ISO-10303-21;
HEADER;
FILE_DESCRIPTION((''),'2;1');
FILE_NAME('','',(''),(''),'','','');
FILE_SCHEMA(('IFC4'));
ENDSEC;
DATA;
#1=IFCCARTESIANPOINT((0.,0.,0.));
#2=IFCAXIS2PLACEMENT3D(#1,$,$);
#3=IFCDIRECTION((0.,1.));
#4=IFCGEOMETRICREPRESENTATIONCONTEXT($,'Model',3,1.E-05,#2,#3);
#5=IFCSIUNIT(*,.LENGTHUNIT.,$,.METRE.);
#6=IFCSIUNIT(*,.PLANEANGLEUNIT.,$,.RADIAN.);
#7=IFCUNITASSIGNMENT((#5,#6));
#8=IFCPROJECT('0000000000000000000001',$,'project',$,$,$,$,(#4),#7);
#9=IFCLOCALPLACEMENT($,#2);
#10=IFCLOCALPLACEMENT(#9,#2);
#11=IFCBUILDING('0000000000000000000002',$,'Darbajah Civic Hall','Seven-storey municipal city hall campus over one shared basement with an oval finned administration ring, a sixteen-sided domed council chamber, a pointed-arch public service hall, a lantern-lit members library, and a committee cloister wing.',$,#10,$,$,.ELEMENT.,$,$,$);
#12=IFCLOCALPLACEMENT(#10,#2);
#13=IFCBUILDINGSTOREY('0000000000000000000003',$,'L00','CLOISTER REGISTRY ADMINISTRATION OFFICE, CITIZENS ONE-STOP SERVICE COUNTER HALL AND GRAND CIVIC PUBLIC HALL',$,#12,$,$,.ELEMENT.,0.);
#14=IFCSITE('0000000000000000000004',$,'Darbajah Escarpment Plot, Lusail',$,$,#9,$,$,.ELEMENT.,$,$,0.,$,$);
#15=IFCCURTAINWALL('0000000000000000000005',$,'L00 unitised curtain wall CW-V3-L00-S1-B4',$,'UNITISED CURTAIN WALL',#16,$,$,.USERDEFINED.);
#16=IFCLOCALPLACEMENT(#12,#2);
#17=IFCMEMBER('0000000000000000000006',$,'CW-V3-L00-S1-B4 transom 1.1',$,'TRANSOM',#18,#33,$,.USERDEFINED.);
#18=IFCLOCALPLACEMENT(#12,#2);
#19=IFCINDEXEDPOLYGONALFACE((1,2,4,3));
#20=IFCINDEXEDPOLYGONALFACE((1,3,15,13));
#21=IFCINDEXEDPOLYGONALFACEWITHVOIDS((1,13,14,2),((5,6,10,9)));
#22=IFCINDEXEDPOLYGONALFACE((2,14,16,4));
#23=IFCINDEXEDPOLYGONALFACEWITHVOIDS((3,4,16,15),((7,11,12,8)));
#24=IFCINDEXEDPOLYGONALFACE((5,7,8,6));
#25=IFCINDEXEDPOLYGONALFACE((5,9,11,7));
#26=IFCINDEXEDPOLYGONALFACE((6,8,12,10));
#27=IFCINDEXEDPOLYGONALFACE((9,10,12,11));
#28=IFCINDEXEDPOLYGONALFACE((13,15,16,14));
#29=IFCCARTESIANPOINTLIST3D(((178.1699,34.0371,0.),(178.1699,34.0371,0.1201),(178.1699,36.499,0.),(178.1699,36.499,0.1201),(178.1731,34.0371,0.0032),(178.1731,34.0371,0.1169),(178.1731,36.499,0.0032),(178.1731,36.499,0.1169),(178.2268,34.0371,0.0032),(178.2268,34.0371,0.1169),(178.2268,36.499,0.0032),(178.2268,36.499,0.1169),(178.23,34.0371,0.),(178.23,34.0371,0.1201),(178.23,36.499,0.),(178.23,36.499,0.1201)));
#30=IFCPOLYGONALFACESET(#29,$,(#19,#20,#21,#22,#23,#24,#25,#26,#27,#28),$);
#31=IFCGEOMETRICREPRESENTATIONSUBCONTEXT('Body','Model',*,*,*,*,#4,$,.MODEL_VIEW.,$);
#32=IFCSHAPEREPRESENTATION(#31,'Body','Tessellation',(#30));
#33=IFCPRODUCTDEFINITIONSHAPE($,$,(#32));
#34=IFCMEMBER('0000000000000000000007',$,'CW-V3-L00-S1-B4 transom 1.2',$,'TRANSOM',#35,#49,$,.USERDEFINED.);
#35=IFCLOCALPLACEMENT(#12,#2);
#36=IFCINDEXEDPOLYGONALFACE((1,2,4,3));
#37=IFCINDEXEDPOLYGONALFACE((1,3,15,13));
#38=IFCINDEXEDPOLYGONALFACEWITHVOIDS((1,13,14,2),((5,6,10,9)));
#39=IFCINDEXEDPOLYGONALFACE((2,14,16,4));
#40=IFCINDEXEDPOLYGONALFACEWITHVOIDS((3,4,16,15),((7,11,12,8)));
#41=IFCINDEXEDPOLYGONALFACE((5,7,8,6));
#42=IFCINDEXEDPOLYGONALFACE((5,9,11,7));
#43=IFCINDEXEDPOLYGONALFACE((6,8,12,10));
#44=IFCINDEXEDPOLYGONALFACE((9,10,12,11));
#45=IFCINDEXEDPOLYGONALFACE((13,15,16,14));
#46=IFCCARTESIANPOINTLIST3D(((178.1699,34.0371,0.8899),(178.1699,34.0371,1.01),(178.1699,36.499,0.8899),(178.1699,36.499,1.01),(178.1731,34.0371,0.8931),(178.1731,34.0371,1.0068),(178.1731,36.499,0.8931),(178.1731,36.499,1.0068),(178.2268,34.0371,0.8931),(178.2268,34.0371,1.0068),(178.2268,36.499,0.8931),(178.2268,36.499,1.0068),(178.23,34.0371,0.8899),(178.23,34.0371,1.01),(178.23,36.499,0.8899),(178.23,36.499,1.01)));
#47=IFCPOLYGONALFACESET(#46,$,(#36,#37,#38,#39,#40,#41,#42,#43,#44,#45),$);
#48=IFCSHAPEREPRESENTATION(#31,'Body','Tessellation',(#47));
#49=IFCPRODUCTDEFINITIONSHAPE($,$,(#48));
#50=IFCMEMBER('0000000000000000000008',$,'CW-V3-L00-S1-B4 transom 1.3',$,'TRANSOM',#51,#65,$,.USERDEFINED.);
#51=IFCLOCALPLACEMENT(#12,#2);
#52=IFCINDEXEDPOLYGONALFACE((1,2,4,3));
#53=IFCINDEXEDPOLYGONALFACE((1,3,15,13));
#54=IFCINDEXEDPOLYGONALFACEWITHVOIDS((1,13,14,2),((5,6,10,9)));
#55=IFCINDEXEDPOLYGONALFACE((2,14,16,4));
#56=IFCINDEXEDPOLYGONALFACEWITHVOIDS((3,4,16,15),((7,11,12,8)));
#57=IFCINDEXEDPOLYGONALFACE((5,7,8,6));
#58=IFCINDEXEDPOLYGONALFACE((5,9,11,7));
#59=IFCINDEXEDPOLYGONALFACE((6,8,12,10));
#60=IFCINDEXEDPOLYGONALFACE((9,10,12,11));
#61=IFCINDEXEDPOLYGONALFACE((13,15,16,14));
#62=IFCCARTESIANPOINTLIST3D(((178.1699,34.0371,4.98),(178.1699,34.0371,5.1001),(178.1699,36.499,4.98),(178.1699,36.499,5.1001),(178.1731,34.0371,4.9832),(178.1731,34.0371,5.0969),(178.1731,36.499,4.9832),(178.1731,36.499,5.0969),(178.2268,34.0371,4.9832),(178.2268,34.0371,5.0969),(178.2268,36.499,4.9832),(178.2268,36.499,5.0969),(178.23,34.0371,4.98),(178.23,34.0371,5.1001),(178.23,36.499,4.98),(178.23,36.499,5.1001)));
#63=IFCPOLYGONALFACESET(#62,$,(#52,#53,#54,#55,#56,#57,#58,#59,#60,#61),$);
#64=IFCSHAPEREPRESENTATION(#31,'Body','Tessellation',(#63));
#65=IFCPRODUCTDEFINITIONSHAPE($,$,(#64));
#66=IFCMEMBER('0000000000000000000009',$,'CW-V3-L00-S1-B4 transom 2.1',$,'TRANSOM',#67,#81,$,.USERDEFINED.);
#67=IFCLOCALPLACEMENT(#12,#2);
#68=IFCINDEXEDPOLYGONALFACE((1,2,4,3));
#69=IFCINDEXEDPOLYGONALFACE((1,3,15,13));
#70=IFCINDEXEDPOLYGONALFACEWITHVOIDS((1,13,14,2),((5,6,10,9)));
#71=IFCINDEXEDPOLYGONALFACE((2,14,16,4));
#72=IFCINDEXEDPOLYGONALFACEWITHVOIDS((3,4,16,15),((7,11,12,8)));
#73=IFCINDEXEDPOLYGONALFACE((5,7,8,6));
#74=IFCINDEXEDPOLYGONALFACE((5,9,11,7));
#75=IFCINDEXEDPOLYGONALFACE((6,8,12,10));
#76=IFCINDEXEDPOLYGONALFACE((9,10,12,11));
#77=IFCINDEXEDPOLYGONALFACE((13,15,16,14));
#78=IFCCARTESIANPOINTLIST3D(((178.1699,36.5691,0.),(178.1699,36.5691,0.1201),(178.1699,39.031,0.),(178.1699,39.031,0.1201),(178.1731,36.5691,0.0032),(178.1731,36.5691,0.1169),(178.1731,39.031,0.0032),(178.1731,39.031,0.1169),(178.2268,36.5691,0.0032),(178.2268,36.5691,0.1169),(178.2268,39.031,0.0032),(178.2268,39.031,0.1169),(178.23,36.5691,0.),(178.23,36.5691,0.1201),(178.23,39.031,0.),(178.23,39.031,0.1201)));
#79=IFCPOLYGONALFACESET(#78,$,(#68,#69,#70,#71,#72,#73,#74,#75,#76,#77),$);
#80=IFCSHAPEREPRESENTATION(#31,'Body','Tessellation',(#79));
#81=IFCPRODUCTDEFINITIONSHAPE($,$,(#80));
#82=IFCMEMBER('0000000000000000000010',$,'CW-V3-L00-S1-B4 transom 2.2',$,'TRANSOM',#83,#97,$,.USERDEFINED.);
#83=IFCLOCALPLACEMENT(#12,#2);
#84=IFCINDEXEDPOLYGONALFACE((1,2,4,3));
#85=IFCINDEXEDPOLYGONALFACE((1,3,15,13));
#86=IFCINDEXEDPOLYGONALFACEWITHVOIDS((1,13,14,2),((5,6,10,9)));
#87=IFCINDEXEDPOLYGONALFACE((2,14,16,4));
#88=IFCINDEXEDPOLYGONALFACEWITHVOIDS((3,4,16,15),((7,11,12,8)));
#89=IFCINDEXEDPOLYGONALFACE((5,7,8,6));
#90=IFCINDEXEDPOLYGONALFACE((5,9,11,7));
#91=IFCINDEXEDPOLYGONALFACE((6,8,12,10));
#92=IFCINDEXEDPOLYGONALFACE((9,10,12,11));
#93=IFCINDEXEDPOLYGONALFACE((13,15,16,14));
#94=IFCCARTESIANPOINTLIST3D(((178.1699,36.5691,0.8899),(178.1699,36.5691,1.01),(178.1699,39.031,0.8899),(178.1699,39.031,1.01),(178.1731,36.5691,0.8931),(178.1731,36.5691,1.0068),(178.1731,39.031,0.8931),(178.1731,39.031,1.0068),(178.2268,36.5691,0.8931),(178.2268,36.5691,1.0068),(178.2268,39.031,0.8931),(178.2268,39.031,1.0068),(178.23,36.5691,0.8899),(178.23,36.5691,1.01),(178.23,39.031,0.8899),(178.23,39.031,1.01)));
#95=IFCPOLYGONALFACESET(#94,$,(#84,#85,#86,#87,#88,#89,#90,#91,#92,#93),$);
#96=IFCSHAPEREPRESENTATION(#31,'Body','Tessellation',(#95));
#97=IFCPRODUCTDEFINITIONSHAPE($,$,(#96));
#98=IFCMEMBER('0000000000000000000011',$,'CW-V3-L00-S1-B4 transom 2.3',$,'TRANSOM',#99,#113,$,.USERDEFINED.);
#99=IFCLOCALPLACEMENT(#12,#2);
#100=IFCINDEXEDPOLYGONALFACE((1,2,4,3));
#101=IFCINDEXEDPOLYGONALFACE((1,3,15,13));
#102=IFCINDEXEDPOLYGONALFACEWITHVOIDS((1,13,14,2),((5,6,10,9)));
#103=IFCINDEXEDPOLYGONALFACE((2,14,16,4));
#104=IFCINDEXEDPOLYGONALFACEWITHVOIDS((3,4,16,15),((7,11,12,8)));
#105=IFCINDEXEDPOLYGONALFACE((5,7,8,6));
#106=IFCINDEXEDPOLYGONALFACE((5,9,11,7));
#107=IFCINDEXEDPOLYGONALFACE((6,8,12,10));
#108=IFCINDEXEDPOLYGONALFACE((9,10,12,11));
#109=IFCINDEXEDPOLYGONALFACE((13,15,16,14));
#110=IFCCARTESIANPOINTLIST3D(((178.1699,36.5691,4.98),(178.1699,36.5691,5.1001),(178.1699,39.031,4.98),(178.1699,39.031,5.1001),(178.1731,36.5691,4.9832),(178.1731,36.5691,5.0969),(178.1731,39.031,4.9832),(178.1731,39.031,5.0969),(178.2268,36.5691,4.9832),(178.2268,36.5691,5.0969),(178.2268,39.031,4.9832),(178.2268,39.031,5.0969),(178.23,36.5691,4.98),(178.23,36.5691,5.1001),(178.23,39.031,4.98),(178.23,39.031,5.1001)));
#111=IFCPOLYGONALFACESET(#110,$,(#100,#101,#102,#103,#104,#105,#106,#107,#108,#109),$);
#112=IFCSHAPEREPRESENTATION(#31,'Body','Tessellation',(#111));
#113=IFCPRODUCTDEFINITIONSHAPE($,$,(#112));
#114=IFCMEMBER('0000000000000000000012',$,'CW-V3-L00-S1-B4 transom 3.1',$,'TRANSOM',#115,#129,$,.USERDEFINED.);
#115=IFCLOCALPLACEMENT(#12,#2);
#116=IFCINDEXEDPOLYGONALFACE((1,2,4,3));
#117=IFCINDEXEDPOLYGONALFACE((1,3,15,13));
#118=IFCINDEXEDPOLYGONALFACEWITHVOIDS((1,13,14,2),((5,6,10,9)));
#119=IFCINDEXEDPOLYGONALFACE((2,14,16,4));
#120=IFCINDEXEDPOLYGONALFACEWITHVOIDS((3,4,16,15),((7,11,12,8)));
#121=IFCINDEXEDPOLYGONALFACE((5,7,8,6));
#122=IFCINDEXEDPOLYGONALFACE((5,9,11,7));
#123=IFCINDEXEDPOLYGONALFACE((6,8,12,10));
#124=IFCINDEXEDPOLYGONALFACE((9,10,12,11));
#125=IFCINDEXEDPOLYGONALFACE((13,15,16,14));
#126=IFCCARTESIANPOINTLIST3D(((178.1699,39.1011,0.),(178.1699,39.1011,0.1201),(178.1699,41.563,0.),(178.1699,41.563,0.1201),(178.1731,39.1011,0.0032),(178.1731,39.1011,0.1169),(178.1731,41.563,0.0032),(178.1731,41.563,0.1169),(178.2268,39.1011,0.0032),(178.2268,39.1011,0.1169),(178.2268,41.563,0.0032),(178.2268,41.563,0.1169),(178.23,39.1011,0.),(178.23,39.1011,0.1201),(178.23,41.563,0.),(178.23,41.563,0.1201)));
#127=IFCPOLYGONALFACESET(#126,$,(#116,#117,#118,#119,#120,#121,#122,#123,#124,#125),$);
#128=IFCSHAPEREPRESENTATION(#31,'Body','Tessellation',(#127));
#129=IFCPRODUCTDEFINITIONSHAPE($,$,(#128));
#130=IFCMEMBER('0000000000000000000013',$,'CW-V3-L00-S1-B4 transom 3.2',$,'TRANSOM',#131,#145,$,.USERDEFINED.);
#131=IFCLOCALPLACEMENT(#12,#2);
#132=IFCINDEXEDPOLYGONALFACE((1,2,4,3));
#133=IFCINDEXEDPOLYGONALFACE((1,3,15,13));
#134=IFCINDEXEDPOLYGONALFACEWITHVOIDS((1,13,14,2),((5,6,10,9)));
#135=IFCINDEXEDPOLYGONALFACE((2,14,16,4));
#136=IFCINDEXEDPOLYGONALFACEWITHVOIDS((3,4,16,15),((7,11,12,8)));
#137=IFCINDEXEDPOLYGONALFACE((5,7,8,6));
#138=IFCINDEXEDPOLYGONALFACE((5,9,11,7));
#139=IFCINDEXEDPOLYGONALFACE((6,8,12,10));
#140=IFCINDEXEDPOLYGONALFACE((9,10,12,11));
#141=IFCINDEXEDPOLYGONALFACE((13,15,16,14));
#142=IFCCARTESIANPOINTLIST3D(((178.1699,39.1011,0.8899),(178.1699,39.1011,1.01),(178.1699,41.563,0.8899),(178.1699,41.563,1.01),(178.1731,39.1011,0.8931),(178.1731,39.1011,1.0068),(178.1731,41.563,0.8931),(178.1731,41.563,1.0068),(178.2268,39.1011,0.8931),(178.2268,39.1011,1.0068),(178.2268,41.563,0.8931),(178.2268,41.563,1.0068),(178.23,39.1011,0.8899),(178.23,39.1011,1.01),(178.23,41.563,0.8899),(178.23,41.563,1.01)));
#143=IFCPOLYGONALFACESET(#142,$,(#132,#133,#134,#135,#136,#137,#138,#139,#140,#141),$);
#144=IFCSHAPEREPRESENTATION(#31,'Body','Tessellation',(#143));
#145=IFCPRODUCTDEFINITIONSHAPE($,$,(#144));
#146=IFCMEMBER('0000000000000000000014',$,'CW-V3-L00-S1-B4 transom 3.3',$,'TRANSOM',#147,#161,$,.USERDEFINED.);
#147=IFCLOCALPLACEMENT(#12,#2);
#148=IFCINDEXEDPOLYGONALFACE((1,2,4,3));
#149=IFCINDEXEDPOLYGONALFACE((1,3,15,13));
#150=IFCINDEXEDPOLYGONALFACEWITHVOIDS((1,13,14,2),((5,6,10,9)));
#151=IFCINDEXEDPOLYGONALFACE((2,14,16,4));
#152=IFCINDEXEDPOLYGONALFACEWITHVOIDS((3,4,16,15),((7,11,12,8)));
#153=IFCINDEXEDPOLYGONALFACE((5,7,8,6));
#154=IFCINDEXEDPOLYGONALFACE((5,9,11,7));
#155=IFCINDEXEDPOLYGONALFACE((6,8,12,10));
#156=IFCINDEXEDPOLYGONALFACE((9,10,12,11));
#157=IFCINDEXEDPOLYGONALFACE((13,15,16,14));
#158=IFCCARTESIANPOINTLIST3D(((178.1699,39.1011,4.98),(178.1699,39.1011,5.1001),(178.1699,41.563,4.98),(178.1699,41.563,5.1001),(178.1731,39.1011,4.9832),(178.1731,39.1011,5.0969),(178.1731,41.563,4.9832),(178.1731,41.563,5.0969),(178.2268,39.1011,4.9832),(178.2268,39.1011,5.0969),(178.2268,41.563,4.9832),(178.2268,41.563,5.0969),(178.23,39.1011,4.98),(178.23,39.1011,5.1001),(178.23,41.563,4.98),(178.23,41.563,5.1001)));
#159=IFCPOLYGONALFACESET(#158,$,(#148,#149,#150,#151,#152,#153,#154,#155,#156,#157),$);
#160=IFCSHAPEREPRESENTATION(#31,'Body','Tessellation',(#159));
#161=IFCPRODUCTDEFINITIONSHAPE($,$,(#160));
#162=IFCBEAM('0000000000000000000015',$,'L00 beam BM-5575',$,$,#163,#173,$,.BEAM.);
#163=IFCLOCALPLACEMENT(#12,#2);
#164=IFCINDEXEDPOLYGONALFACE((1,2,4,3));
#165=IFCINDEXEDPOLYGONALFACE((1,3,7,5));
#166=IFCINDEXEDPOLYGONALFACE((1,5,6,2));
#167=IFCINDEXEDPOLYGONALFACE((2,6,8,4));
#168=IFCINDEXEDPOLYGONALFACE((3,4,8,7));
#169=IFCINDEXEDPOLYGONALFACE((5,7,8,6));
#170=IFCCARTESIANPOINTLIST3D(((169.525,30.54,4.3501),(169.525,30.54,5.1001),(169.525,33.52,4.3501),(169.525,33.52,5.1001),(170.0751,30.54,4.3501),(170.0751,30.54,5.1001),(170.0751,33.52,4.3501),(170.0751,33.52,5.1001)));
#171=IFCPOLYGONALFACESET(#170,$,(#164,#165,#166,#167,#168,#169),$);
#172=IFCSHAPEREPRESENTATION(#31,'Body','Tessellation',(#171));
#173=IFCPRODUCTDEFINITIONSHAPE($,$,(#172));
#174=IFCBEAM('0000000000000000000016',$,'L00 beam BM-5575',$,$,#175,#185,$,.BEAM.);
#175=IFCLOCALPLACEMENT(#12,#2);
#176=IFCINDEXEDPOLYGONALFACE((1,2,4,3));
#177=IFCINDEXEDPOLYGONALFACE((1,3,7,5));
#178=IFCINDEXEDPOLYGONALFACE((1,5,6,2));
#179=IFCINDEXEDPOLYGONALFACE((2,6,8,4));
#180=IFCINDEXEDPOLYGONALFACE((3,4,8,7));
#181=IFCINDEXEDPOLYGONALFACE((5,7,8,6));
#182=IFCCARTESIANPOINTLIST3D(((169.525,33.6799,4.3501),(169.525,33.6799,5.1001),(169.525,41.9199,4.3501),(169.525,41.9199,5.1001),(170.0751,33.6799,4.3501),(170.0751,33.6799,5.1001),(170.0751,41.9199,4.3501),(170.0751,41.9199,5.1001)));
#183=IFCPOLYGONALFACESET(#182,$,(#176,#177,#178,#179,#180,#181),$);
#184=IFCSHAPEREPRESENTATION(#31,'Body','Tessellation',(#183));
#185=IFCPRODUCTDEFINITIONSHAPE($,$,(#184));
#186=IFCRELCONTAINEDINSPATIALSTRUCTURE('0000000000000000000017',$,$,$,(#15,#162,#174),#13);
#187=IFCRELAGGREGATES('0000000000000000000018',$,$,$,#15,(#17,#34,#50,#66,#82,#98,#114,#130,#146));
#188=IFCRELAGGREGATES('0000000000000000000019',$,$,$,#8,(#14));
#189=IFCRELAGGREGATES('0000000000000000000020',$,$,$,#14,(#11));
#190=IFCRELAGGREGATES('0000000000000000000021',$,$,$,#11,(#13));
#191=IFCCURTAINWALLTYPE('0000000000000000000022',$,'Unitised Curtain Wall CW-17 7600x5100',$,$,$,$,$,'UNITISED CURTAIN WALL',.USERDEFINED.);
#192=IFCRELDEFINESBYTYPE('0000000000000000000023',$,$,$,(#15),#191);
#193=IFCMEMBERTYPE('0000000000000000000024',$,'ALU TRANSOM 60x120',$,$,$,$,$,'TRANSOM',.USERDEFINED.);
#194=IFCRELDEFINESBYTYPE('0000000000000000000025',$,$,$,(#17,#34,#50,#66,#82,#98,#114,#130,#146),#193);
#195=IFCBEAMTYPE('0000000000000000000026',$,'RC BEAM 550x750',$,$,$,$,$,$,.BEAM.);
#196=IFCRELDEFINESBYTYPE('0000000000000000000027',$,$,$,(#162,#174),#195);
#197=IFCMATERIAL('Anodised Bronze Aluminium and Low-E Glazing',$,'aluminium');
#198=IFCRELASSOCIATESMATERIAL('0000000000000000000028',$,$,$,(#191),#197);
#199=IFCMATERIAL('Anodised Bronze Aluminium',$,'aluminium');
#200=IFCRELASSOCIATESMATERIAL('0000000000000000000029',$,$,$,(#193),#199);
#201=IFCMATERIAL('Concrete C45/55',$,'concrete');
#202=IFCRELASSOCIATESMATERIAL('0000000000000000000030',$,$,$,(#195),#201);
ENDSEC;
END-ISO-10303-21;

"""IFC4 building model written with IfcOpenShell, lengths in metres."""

from ifc_helpers import new_model, si_unit, direction, frame, origin, origin_2d, place, context, subcontext, project, spatial, rectangle, hollow_rectangle, extrude, material, material_profile, profile_set, type_object, element, aggregate, save


model = new_model("IFC4")

# Units and contexts
model_context = context("Model", 3, precision=1e-05, world=origin(), true_north=direction((0.0, 1.0)))
body_context = subcontext(model_context, "Body", "Model", "MODEL_VIEW")
ifc_project = project(units=[si_unit("LENGTHUNIT", "METRE"), si_unit("PLANEANGLEUNIT", "RADIAN")], contexts=[model_context])

# Site, building, storey
site_placement = place(None, origin())
site = spatial("IfcSite", under=ifc_project, at=site_placement, Name="Darbajah Escarpment Plot, Lusail", CompositionType="ELEMENT", RefElevation=0.0)
building_placement = place(site_placement, origin())
building = spatial("IfcBuilding", under=site, at=building_placement, Name="Darbajah Civic Hall", Description="Seven-storey municipal city hall campus over one shared basement with an oval finned administration ring, a sixteen-sided domed council chamber, a pointed-arch public service hall, a lantern-lit members library, and a committee cloister wing.", CompositionType="ELEMENT")
storey_placement = place(building_placement, origin())
storey = spatial("IfcBuildingStorey", under=building, at=storey_placement, Name="L00", Description="CLOISTER REGISTRY ADMINISTRATION OFFICE, CITIZENS ONE-STOP SERVICE COUNTER HALL AND GRAND CIVIC PUBLIC HALL", CompositionType="ELEMENT", Elevation=0.0)

# Curtain wall
ifc_material_1 = material(Name="Anodised Bronze Aluminium and Low-E Glazing", Category="aluminium")
curtain_wall_type = type_object("IfcCurtainWallType", Name="Unitised Curtain Wall CW-17 7600x5100", ElementType="UNITISED CURTAIN WALL", PredefinedType="USERDEFINED", material=ifc_material_1)
ifc_material_2 = material(Name="Anodised Bronze Aluminium", Category="aluminium")
curtain_wall_1_placement = place(storey_placement, origin())
curtain_wall_1 = element("IfcCurtainWall", 1, at=curtain_wall_1_placement, inside=storey, type_object=curtain_wall_type, Name="L00 unitised curtain wall CW-V3-L00-S1-B4", ObjectType="UNITISED CURTAIN WALL", PredefinedType="USERDEFINED")

# Members
ifc_material_profile_1 = material_profile(ifc_material_2, hollow_rectangle(XDim=0.0601, YDim=0.1201, WallThickness=0.0032, at=origin_2d()), Name="ALU TRANSOM 60x120")
ifc_profile_set_1 = profile_set([ifc_material_profile_1], Name="Anodised Bronze Aluminium")
member_type_1 = type_object("IfcMemberType", Name="ALU TRANSOM 60x120", ElementType="TRANSOM", PredefinedType="USERDEFINED", material=ifc_profile_set_1)
member_1_placement = place(storey_placement, frame((178.2, 34.0371, 0.0601), z_axis=(0.0, 1.0, 0.0), x_axis=(-1.0, 0.0, 0.0)))
member_1 = element("IfcMember", 2, at=member_1_placement, type_object=member_type_1, Name="CW-V3-L00-S1-B4 transom 1.1", ObjectType="TRANSOM", PredefinedType="USERDEFINED", context=body_context, shape_type="SweptSolid", body=[
    extrude(hollow_rectangle(XDim=0.0601, YDim=0.1201, WallThickness=0.0032, at=origin_2d()), origin(), (0.0, 0.0, 1.0), 2.4619),
])
member_2_placement = place(storey_placement, frame((178.2, 34.0371, 0.95), z_axis=(0.0, 1.0, 0.0), x_axis=(-1.0, 0.0, 0.0)))
member_2 = element("IfcMember", 3, at=member_2_placement, type_object=member_type_1, Name="CW-V3-L00-S1-B4 transom 1.2", ObjectType="TRANSOM", PredefinedType="USERDEFINED", context=body_context, shape_type="SweptSolid", body=[
    extrude(hollow_rectangle(XDim=0.0601, YDim=0.1201, WallThickness=0.0032, at=origin_2d()), origin(), (0.0, 0.0, 1.0), 2.4619),
])
member_3_placement = place(storey_placement, frame((178.2, 34.0371, 5.04), z_axis=(0.0, 1.0, 0.0), x_axis=(-1.0, 0.0, 0.0)))
member_3 = element("IfcMember", 4, at=member_3_placement, type_object=member_type_1, Name="CW-V3-L00-S1-B4 transom 1.3", ObjectType="TRANSOM", PredefinedType="USERDEFINED", context=body_context, shape_type="SweptSolid", body=[
    extrude(hollow_rectangle(XDim=0.0601, YDim=0.1201, WallThickness=0.0032, at=origin_2d()), origin(), (0.0, 0.0, 1.0), 2.4619),
])
member_4_placement = place(storey_placement, frame((178.2, 36.5691, 0.0601), z_axis=(0.0, 1.0, 0.0), x_axis=(-1.0, 0.0, 0.0)))
member_4 = element("IfcMember", 5, at=member_4_placement, type_object=member_type_1, Name="CW-V3-L00-S1-B4 transom 2.1", ObjectType="TRANSOM", PredefinedType="USERDEFINED", context=body_context, shape_type="SweptSolid", body=[
    extrude(hollow_rectangle(XDim=0.0601, YDim=0.1201, WallThickness=0.0032, at=origin_2d()), origin(), (0.0, 0.0, 1.0), 2.4619),
])
member_5_placement = place(storey_placement, frame((178.2, 36.5691, 0.95), z_axis=(0.0, 1.0, 0.0), x_axis=(-1.0, 0.0, 0.0)))
member_5 = element("IfcMember", 6, at=member_5_placement, type_object=member_type_1, Name="CW-V3-L00-S1-B4 transom 2.2", ObjectType="TRANSOM", PredefinedType="USERDEFINED", context=body_context, shape_type="SweptSolid", body=[
    extrude(hollow_rectangle(XDim=0.0601, YDim=0.1201, WallThickness=0.0032, at=origin_2d()), origin(), (0.0, 0.0, 1.0), 2.4619),
])
member_6_placement = place(storey_placement, frame((178.2, 36.5691, 5.04), z_axis=(0.0, 1.0, 0.0), x_axis=(-1.0, 0.0, 0.0)))
member_6 = element("IfcMember", 7, at=member_6_placement, type_object=member_type_1, Name="CW-V3-L00-S1-B4 transom 2.3", ObjectType="TRANSOM", PredefinedType="USERDEFINED", context=body_context, shape_type="SweptSolid", body=[
    extrude(hollow_rectangle(XDim=0.0601, YDim=0.1201, WallThickness=0.0032, at=origin_2d()), origin(), (0.0, 0.0, 1.0), 2.4619),
])
member_7_placement = place(storey_placement, frame((178.2, 39.1011, 0.0601), z_axis=(0.0, 1.0, 0.0), x_axis=(-1.0, 0.0, 0.0)))
member_7 = element("IfcMember", 8, at=member_7_placement, type_object=member_type_1, Name="CW-V3-L00-S1-B4 transom 3.1", ObjectType="TRANSOM", PredefinedType="USERDEFINED", context=body_context, shape_type="SweptSolid", body=[
    extrude(hollow_rectangle(XDim=0.0601, YDim=0.1201, WallThickness=0.0032, at=origin_2d()), origin(), (0.0, 0.0, 1.0), 2.4619),
])
member_8_placement = place(storey_placement, frame((178.2, 39.1011, 0.95), z_axis=(0.0, 1.0, 0.0), x_axis=(-1.0, 0.0, 0.0)))
member_8 = element("IfcMember", 9, at=member_8_placement, type_object=member_type_1, Name="CW-V3-L00-S1-B4 transom 3.2", ObjectType="TRANSOM", PredefinedType="USERDEFINED", context=body_context, shape_type="SweptSolid", body=[
    extrude(hollow_rectangle(XDim=0.0601, YDim=0.1201, WallThickness=0.0032, at=origin_2d()), origin(), (0.0, 0.0, 1.0), 2.4619),
])
member_9_placement = place(storey_placement, frame((178.2, 39.1011, 5.04), z_axis=(0.0, 1.0, 0.0), x_axis=(-1.0, 0.0, 0.0)))
member_9 = element("IfcMember", 10, at=member_9_placement, type_object=member_type_1, Name="CW-V3-L00-S1-B4 transom 3.3", ObjectType="TRANSOM", PredefinedType="USERDEFINED", context=body_context, shape_type="SweptSolid", body=[
    extrude(hollow_rectangle(XDim=0.0601, YDim=0.1201, WallThickness=0.0032, at=origin_2d()), origin(), (0.0, 0.0, 1.0), 2.4619),
])

# Beams
ifc_material_3 = material(Name="Concrete C45/55", Category="concrete")
ifc_material_profile_2 = material_profile(ifc_material_3, rectangle(XDim=0.55, YDim=0.75, at=origin_2d()), Name="RC BEAM 550x750")
ifc_profile_set_2 = profile_set([ifc_material_profile_2], Name="Concrete C45/55")
beam_type_1 = type_object("IfcBeamType", Name="RC BEAM 550x750", PredefinedType="BEAM", material=ifc_profile_set_2)
beam_1_placement = place(storey_placement, frame((169.8, 30.54, 4.7251), z_axis=(0.0, 1.0, 0.0), x_axis=(-1.0, 0.0, 0.0)))
element("IfcBeam", 11, at=beam_1_placement, inside=storey, type_object=beam_type_1, Name="L00 beam BM-5575", PredefinedType="BEAM", context=body_context, shape_type="SweptSolid", body=[
    extrude(rectangle(XDim=0.55, YDim=0.75, at=origin_2d()), origin(), (0.0, 0.0, 1.0), 2.98),
])
beam_2_placement = place(storey_placement, frame((169.8, 33.6799, 4.7251), z_axis=(0.0, 1.0, 0.0), x_axis=(-1.0, 0.0, 0.0)))
element("IfcBeam", 12, at=beam_2_placement, inside=storey, type_object=beam_type_1, Name="L00 beam BM-5575", PredefinedType="BEAM", context=body_context, shape_type="SweptSolid", body=[
    extrude(rectangle(XDim=0.55, YDim=0.75, at=origin_2d()), origin(), (0.0, 0.0, 1.0), 8.24),
])

aggregate(curtain_wall_1, [member_1, member_2, member_3, member_4, member_5, member_6, member_7, member_8, member_9])

save(model, "model.ifc")
